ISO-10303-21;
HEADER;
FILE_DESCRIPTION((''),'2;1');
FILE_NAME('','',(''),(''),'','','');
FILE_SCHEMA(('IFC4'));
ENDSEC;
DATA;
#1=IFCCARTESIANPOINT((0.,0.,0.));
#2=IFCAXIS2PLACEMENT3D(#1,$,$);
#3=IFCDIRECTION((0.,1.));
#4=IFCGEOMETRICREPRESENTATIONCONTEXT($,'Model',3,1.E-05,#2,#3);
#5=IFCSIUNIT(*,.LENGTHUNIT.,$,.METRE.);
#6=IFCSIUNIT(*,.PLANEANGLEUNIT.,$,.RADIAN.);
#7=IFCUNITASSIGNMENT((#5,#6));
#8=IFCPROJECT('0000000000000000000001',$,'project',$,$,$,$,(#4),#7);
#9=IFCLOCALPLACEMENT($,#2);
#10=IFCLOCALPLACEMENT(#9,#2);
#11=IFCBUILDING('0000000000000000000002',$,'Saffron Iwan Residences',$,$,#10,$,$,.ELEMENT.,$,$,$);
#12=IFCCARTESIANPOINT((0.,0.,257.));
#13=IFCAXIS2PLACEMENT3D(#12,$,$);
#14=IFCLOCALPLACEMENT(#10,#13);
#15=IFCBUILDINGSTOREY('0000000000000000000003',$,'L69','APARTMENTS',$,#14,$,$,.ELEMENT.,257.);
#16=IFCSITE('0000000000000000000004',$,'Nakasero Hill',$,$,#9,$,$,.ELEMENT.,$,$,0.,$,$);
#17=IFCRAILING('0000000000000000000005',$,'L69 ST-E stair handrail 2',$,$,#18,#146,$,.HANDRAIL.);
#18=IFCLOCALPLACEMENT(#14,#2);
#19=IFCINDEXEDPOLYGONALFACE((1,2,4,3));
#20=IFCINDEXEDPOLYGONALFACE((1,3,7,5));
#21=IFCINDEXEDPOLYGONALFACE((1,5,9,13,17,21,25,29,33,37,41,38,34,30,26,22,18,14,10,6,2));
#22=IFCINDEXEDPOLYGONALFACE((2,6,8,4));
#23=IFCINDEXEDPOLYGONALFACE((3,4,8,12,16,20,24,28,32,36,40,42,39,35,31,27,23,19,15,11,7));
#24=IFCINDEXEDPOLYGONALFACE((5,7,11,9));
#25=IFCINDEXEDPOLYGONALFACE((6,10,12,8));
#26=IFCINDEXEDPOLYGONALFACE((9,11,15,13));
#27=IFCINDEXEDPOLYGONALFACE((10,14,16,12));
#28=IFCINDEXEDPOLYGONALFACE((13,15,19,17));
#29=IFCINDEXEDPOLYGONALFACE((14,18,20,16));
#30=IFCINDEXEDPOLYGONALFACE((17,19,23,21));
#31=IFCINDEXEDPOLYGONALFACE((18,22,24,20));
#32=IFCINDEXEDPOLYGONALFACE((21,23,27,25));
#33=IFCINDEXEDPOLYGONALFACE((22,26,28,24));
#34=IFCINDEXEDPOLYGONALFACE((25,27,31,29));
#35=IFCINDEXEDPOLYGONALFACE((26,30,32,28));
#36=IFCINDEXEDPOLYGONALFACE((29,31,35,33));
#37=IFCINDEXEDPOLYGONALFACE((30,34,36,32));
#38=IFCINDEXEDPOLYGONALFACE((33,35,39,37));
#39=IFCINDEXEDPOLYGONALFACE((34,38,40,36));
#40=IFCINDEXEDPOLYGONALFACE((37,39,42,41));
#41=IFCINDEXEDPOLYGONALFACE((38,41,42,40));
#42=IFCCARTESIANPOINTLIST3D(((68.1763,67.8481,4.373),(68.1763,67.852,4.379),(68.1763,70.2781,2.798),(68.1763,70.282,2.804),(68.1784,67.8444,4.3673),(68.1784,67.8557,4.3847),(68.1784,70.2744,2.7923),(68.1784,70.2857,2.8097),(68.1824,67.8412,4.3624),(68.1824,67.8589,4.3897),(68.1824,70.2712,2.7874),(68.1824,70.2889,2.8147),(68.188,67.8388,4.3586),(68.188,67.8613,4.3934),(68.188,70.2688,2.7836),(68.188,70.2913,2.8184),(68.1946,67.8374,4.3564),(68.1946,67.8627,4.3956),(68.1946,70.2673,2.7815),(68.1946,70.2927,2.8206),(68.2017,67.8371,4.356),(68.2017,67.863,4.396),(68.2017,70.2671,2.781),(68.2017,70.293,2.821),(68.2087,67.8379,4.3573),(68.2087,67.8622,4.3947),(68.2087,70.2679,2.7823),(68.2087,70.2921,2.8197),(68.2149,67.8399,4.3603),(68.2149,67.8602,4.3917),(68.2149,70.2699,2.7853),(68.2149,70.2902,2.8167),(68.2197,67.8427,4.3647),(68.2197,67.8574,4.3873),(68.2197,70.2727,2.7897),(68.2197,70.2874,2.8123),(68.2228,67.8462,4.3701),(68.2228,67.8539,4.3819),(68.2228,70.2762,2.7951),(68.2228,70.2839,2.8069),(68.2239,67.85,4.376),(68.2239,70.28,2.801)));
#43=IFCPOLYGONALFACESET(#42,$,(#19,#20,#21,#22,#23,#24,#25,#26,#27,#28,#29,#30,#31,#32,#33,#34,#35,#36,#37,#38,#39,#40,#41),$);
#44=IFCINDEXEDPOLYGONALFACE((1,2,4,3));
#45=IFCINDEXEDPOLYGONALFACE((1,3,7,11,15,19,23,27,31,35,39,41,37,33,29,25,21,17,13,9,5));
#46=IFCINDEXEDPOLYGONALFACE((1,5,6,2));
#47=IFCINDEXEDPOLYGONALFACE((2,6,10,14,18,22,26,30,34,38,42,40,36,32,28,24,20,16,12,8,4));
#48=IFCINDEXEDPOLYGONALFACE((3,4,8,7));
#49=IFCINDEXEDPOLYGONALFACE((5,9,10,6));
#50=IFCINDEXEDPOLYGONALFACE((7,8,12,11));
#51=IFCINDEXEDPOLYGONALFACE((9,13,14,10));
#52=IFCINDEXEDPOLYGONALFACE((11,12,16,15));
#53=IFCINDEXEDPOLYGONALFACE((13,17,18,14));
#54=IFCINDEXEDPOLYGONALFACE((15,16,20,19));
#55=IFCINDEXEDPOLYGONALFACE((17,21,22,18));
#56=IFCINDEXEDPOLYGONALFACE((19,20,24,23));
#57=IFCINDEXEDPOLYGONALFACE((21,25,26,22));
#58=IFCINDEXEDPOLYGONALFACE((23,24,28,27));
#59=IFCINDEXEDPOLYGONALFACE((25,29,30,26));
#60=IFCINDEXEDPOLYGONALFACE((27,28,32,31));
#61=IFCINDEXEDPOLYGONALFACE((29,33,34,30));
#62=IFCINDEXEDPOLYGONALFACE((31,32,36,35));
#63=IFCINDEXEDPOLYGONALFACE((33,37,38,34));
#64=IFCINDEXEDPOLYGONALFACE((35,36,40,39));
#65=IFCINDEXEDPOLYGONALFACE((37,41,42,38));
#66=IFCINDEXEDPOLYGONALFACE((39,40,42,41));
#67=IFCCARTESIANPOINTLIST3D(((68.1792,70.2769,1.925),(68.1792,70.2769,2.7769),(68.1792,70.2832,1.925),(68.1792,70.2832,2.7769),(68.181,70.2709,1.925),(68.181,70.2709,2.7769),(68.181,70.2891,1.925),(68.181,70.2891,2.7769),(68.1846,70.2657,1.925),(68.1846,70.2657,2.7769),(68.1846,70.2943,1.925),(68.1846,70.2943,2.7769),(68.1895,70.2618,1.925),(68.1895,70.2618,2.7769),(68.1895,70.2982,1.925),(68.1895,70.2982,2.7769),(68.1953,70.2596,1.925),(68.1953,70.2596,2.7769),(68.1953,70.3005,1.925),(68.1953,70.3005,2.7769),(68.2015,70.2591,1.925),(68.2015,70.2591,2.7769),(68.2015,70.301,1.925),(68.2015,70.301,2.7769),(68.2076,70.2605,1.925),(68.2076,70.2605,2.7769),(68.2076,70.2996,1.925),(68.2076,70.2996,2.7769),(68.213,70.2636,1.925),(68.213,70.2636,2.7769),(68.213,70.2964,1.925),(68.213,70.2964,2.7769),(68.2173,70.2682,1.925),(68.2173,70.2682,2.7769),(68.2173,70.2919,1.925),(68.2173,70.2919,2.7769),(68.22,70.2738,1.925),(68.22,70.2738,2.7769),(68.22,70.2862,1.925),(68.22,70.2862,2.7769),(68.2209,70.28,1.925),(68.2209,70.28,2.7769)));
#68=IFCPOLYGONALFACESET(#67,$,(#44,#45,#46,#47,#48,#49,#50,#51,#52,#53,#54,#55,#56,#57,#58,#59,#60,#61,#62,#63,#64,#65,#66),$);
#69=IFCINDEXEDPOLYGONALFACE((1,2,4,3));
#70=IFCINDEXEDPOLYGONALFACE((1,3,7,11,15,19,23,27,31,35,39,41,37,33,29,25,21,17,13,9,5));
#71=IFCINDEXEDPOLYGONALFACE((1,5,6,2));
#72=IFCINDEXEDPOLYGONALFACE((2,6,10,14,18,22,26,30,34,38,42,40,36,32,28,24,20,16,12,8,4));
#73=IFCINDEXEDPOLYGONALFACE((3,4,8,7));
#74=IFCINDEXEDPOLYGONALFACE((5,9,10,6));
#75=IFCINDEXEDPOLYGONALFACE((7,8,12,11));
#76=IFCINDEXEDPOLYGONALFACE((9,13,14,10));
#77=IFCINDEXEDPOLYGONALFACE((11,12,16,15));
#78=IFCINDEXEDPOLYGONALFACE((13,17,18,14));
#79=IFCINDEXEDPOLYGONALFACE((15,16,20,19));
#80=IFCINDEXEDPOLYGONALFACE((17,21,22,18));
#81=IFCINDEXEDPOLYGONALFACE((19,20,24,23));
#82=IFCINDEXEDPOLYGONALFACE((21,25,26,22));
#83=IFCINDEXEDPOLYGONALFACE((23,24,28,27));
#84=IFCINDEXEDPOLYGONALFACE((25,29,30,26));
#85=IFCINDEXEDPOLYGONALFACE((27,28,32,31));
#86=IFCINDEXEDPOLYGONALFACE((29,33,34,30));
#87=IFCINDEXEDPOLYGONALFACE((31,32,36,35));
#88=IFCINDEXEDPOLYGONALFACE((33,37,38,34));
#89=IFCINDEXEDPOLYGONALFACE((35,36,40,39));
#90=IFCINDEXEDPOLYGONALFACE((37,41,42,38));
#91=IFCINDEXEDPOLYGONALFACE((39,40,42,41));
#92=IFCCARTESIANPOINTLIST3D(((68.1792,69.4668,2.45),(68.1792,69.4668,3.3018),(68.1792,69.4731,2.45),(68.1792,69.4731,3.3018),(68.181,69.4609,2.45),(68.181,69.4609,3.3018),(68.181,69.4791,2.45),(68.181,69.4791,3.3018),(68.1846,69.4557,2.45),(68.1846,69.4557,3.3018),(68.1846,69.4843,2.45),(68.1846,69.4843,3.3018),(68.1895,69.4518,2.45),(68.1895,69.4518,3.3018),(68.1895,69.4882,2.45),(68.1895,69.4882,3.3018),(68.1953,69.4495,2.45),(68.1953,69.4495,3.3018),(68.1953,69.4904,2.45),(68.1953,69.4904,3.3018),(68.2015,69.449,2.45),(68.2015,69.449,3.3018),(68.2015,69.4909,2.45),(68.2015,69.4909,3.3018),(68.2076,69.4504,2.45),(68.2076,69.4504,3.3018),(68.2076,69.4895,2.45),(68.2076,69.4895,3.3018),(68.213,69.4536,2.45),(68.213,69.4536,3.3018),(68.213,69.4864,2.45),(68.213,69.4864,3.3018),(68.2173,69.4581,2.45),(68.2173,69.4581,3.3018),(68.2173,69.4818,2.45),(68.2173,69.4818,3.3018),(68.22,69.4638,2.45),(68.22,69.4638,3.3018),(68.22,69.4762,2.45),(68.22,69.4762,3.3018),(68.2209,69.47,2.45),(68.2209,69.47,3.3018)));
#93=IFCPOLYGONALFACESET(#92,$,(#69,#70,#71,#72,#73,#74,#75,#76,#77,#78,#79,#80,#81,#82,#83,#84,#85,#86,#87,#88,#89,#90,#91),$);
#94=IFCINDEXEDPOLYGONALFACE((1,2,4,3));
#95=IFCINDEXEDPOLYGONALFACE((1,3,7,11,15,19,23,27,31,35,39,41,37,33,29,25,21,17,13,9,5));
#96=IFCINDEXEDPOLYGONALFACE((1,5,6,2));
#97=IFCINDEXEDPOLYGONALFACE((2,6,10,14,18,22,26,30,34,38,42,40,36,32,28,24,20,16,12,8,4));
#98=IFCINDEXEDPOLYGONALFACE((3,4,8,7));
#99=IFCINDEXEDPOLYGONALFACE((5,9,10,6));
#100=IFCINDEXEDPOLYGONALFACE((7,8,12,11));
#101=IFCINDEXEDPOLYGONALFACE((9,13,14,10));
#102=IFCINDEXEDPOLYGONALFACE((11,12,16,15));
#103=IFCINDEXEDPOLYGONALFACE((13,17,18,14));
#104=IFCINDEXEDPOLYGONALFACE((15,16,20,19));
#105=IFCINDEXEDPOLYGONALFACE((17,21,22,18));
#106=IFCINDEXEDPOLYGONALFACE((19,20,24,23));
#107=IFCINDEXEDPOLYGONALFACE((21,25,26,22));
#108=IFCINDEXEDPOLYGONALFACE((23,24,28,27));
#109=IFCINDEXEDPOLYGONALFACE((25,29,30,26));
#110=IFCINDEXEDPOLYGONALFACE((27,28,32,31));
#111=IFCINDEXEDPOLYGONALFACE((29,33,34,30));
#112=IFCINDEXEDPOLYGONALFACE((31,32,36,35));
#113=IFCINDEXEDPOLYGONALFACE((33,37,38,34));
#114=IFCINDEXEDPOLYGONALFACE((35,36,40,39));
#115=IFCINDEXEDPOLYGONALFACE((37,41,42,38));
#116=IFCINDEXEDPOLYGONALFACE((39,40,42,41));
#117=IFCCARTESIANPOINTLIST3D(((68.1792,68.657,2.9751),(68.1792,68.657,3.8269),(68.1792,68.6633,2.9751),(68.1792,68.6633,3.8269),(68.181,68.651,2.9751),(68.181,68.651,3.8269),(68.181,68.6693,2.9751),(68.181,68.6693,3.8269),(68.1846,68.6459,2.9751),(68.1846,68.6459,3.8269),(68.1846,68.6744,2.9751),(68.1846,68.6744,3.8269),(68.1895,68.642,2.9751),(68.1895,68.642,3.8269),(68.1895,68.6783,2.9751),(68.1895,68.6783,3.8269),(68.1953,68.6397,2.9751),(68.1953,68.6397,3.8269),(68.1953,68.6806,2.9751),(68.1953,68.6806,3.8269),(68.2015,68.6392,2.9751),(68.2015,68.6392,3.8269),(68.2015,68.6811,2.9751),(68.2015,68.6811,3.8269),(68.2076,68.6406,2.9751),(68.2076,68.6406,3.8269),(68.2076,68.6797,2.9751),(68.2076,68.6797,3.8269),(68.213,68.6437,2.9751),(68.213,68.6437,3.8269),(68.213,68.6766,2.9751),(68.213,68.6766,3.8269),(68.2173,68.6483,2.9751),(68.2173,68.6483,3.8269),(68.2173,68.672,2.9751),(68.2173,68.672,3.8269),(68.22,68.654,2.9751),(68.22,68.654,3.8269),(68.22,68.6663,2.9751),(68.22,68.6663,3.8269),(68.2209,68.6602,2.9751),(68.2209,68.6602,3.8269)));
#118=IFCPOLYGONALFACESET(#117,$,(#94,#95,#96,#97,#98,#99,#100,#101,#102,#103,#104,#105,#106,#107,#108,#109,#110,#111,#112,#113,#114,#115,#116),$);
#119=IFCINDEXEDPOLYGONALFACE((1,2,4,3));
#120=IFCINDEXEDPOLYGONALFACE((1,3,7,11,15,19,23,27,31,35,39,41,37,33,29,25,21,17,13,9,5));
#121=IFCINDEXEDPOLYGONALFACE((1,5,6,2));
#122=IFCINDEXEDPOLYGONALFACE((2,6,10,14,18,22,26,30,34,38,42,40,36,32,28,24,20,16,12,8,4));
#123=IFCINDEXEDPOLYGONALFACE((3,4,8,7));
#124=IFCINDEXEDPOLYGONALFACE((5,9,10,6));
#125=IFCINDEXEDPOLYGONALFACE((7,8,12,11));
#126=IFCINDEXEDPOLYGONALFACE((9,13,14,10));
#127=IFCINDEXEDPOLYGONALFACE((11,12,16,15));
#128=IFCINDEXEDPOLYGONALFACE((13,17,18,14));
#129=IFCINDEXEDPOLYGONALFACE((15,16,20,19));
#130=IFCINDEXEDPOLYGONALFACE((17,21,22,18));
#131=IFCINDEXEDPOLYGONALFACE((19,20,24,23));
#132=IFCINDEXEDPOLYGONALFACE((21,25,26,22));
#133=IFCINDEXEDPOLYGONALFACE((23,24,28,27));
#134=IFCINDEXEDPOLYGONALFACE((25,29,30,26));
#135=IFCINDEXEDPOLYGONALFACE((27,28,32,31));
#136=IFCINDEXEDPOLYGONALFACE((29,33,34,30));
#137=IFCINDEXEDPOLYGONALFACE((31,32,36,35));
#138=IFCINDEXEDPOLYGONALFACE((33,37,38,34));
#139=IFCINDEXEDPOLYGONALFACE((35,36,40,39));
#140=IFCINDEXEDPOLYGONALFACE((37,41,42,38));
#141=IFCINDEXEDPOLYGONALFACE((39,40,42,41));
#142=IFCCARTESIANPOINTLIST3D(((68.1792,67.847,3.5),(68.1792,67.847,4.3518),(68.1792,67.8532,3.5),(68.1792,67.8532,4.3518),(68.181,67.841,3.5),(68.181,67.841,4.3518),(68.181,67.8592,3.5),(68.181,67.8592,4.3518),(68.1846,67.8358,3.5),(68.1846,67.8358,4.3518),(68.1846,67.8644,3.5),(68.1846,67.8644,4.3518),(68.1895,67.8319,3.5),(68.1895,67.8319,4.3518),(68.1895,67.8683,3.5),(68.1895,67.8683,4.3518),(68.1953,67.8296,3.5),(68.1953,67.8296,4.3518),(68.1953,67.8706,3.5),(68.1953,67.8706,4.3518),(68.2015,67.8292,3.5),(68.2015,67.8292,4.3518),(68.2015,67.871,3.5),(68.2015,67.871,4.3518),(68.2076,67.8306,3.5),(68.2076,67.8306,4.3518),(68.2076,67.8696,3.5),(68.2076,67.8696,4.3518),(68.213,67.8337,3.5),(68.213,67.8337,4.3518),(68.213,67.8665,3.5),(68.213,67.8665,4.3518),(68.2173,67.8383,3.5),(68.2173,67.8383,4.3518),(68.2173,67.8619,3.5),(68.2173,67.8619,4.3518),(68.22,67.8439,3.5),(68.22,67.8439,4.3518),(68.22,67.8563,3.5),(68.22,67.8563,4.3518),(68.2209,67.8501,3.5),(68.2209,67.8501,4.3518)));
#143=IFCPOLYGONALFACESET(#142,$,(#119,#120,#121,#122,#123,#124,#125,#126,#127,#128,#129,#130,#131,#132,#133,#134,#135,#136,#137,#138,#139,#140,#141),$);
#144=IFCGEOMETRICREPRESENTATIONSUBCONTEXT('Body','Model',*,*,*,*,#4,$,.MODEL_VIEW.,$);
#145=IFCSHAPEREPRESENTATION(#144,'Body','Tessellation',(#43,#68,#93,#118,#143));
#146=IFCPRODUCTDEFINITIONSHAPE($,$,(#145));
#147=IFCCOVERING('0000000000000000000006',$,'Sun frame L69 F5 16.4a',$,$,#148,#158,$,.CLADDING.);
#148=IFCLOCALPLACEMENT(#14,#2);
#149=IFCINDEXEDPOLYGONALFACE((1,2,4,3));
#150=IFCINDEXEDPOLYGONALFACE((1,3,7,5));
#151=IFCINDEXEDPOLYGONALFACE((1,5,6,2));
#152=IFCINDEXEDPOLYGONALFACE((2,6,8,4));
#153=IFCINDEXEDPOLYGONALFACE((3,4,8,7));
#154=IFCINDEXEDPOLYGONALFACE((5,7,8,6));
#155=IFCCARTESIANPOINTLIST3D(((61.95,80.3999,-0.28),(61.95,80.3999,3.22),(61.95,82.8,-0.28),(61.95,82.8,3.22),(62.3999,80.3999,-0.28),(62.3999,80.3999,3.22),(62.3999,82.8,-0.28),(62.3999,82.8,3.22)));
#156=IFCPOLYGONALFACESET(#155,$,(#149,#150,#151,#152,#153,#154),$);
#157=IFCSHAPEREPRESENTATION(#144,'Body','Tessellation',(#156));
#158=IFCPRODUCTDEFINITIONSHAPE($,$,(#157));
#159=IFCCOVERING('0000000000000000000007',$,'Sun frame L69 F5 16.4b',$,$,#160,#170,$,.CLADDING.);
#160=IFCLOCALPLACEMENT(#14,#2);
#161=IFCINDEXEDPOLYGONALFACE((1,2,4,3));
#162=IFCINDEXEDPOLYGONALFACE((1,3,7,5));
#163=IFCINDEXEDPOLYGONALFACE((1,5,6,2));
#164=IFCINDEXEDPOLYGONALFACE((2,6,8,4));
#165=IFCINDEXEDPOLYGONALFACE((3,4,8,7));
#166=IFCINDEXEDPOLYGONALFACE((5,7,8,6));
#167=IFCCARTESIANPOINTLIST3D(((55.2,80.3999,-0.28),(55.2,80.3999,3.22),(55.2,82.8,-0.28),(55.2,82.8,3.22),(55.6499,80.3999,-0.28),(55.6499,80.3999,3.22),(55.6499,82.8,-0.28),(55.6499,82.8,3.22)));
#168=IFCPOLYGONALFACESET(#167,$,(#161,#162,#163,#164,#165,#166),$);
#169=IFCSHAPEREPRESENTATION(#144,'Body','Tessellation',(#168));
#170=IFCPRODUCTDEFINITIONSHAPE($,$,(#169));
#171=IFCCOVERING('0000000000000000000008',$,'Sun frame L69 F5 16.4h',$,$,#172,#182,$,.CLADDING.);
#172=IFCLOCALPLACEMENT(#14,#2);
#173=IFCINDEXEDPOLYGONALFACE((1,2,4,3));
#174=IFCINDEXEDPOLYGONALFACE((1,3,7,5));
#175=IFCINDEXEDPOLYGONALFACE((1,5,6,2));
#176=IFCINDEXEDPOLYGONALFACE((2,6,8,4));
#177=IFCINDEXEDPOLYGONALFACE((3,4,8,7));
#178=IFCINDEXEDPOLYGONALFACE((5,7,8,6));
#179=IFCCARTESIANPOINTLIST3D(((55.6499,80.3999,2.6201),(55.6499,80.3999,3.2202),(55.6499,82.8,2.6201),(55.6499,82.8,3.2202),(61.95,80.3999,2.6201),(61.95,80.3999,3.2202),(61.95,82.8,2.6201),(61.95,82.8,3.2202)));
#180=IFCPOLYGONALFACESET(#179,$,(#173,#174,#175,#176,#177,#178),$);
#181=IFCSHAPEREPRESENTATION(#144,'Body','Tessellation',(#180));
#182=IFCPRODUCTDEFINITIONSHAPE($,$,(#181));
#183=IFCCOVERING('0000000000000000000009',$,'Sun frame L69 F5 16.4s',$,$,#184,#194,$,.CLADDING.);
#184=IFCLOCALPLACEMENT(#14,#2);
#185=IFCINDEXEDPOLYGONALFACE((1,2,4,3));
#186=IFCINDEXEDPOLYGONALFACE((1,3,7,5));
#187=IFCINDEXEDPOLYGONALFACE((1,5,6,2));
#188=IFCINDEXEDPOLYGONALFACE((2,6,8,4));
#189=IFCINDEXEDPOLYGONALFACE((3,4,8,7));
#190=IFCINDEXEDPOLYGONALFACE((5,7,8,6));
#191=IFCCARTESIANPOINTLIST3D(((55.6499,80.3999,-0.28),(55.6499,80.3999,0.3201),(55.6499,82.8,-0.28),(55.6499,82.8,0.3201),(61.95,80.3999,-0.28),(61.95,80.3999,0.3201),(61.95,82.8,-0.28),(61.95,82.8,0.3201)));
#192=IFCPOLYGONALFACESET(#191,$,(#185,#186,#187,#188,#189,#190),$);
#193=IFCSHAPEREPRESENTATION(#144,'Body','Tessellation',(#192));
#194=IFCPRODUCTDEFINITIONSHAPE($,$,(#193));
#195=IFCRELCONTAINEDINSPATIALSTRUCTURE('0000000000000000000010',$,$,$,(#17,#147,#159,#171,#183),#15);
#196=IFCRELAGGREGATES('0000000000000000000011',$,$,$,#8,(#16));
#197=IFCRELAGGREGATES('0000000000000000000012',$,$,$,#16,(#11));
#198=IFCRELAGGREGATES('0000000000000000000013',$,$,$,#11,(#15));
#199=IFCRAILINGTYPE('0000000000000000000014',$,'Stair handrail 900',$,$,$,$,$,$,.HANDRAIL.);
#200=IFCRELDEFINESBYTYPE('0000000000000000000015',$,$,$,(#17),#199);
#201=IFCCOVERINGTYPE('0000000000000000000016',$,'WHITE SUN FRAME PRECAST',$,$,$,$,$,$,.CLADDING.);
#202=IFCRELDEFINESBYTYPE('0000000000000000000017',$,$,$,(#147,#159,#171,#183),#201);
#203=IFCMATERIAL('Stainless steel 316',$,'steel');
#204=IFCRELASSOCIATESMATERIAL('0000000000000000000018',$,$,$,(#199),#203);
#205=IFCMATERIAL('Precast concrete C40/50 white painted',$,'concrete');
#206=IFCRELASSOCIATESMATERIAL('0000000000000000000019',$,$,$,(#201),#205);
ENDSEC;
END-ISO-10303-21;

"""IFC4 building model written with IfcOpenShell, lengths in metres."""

from ifc_helpers import new_model, si_unit, direction, frame, origin, origin_2d, place, context, subcontext, project, spatial, polyline, circle, outline, extrude, material, type_object, element, save


model = new_model("IFC4")

# Units and contexts
model_context = context("Model", 3, precision=1e-05, world=origin(), true_north=direction((0.0, 1.0)))
body_context = subcontext(model_context, "Body", "Model", "MODEL_VIEW")
ifc_project = project(units=[si_unit("LENGTHUNIT", "METRE"), si_unit("PLANEANGLEUNIT", "RADIAN")], contexts=[model_context])

# Site, building, storey
site_placement = place(None, origin())
site = spatial("IfcSite", under=ifc_project, at=site_placement, Name="Nakasero Hill", CompositionType="ELEMENT", RefElevation=0.0)
building_placement = place(site_placement, origin())
building = spatial("IfcBuilding", under=site, at=building_placement, Name="Saffron Iwan Residences", CompositionType="ELEMENT")
storey_placement = place(building_placement, frame((0.0, 0.0, 257.0)))
storey = spatial("IfcBuildingStorey", under=building, at=storey_placement, Name="L69", Description="APARTMENTS", CompositionType="ELEMENT", Elevation=257.0)

# Railing
ifc_material_1 = material(Name="Stainless steel 316", Category="steel")
railing_type = type_object("IfcRailingType", Name="Stair handrail 900", PredefinedType="HANDRAIL", material=ifc_material_1)
railing_1_placement = place(storey_placement, frame((68.2, 70.28, 1.925)))
element("IfcRailing", 1, at=railing_1_placement, inside=storey, type_object=railing_type, Name="L69 ST-E stair handrail 2", PredefinedType="HANDRAIL", context=body_context, shape_type="SweptSolid", body=[
    extrude(circle(Radius=0.0239, at=origin_2d()), frame((0.0, 0.0, 0.876), z_axis=(0.0, -0.839154, 0.543894), x_axis=(1.0, 0.0, 0.0)), (0.0, 0.0, 1.0), 2.8958),
    extrude(circle(Radius=0.021, at=origin_2d()), origin(), (0.0, 0.0, 1.0), 0.8518),
    extrude(circle(Radius=0.021, at=origin_2d()), frame((0.0, -0.8101, 0.5249)), (0.0, 0.0, 1.0), 0.8518),
    extrude(circle(Radius=0.021, at=origin_2d()), frame((0.0, -1.6199, 1.05)), (0.0, 0.0, 1.0), 0.8518),
    extrude(circle(Radius=0.021, at=origin_2d()), frame((0.0, -2.4299, 1.575)), (0.0, 0.0, 1.0), 0.8518),
])

# Coverings
ifc_material_2 = material(Name="Precast concrete C40/50 white painted", Category="concrete")
covering_type = type_object("IfcCoveringType", Name="WHITE SUN FRAME PRECAST", PredefinedType="CLADDING", material=ifc_material_2)
for number, where, z_axis, x_axis, name in (
    (2, (62.3999, 80.3999, -0.28), (0.0, 1.0, 0.0), (-1.0, 0.0, 0.0), "Sun frame L69 F5 16.4a"),
    (3, (55.6499, 80.3999, -0.28), (0.0, 1.0, 0.0), (-1.0, 0.0, 0.0), "Sun frame L69 F5 16.4b"),
):
    element("IfcCovering", number, at=place(storey_placement, frame(where, z_axis=z_axis, x_axis=x_axis)), inside=storey, type_object=covering_type, Name=name, PredefinedType="CLADDING", context=body_context, shape_type="SweptSolid", body=[
        extrude(outline(polyline([(0.0, 0.0), (0.45, 0.0), (0.45, 3.5), (0.0, 3.5), (0.0, 0.0)])), origin(), (0.0, 0.0, 1.0), 2.4001),
    ])
for number, where, z_axis, x_axis, name in (
    (4, (61.95, 80.3999, 2.6201), (0.0, 1.0, 0.0), (-1.0, 0.0, 0.0), "Sun frame L69 F5 16.4h"),
    (5, (61.95, 80.3999, -0.28), (0.0, 1.0, 0.0), (-1.0, 0.0, 0.0), "Sun frame L69 F5 16.4s"),
):
    element("IfcCovering", number, at=place(storey_placement, frame(where, z_axis=z_axis, x_axis=x_axis)), inside=storey, type_object=covering_type, Name=name, PredefinedType="CLADDING", context=body_context, shape_type="SweptSolid", body=[
        extrude(outline(polyline([(0.0, 0.0), (6.3, 0.0), (6.3, 0.6001), (0.0, 0.6001), (0.0, 0.0)])), origin(), (0.0, 0.0, 1.0), 2.4001),
    ])

save(model, "model.ifc")
